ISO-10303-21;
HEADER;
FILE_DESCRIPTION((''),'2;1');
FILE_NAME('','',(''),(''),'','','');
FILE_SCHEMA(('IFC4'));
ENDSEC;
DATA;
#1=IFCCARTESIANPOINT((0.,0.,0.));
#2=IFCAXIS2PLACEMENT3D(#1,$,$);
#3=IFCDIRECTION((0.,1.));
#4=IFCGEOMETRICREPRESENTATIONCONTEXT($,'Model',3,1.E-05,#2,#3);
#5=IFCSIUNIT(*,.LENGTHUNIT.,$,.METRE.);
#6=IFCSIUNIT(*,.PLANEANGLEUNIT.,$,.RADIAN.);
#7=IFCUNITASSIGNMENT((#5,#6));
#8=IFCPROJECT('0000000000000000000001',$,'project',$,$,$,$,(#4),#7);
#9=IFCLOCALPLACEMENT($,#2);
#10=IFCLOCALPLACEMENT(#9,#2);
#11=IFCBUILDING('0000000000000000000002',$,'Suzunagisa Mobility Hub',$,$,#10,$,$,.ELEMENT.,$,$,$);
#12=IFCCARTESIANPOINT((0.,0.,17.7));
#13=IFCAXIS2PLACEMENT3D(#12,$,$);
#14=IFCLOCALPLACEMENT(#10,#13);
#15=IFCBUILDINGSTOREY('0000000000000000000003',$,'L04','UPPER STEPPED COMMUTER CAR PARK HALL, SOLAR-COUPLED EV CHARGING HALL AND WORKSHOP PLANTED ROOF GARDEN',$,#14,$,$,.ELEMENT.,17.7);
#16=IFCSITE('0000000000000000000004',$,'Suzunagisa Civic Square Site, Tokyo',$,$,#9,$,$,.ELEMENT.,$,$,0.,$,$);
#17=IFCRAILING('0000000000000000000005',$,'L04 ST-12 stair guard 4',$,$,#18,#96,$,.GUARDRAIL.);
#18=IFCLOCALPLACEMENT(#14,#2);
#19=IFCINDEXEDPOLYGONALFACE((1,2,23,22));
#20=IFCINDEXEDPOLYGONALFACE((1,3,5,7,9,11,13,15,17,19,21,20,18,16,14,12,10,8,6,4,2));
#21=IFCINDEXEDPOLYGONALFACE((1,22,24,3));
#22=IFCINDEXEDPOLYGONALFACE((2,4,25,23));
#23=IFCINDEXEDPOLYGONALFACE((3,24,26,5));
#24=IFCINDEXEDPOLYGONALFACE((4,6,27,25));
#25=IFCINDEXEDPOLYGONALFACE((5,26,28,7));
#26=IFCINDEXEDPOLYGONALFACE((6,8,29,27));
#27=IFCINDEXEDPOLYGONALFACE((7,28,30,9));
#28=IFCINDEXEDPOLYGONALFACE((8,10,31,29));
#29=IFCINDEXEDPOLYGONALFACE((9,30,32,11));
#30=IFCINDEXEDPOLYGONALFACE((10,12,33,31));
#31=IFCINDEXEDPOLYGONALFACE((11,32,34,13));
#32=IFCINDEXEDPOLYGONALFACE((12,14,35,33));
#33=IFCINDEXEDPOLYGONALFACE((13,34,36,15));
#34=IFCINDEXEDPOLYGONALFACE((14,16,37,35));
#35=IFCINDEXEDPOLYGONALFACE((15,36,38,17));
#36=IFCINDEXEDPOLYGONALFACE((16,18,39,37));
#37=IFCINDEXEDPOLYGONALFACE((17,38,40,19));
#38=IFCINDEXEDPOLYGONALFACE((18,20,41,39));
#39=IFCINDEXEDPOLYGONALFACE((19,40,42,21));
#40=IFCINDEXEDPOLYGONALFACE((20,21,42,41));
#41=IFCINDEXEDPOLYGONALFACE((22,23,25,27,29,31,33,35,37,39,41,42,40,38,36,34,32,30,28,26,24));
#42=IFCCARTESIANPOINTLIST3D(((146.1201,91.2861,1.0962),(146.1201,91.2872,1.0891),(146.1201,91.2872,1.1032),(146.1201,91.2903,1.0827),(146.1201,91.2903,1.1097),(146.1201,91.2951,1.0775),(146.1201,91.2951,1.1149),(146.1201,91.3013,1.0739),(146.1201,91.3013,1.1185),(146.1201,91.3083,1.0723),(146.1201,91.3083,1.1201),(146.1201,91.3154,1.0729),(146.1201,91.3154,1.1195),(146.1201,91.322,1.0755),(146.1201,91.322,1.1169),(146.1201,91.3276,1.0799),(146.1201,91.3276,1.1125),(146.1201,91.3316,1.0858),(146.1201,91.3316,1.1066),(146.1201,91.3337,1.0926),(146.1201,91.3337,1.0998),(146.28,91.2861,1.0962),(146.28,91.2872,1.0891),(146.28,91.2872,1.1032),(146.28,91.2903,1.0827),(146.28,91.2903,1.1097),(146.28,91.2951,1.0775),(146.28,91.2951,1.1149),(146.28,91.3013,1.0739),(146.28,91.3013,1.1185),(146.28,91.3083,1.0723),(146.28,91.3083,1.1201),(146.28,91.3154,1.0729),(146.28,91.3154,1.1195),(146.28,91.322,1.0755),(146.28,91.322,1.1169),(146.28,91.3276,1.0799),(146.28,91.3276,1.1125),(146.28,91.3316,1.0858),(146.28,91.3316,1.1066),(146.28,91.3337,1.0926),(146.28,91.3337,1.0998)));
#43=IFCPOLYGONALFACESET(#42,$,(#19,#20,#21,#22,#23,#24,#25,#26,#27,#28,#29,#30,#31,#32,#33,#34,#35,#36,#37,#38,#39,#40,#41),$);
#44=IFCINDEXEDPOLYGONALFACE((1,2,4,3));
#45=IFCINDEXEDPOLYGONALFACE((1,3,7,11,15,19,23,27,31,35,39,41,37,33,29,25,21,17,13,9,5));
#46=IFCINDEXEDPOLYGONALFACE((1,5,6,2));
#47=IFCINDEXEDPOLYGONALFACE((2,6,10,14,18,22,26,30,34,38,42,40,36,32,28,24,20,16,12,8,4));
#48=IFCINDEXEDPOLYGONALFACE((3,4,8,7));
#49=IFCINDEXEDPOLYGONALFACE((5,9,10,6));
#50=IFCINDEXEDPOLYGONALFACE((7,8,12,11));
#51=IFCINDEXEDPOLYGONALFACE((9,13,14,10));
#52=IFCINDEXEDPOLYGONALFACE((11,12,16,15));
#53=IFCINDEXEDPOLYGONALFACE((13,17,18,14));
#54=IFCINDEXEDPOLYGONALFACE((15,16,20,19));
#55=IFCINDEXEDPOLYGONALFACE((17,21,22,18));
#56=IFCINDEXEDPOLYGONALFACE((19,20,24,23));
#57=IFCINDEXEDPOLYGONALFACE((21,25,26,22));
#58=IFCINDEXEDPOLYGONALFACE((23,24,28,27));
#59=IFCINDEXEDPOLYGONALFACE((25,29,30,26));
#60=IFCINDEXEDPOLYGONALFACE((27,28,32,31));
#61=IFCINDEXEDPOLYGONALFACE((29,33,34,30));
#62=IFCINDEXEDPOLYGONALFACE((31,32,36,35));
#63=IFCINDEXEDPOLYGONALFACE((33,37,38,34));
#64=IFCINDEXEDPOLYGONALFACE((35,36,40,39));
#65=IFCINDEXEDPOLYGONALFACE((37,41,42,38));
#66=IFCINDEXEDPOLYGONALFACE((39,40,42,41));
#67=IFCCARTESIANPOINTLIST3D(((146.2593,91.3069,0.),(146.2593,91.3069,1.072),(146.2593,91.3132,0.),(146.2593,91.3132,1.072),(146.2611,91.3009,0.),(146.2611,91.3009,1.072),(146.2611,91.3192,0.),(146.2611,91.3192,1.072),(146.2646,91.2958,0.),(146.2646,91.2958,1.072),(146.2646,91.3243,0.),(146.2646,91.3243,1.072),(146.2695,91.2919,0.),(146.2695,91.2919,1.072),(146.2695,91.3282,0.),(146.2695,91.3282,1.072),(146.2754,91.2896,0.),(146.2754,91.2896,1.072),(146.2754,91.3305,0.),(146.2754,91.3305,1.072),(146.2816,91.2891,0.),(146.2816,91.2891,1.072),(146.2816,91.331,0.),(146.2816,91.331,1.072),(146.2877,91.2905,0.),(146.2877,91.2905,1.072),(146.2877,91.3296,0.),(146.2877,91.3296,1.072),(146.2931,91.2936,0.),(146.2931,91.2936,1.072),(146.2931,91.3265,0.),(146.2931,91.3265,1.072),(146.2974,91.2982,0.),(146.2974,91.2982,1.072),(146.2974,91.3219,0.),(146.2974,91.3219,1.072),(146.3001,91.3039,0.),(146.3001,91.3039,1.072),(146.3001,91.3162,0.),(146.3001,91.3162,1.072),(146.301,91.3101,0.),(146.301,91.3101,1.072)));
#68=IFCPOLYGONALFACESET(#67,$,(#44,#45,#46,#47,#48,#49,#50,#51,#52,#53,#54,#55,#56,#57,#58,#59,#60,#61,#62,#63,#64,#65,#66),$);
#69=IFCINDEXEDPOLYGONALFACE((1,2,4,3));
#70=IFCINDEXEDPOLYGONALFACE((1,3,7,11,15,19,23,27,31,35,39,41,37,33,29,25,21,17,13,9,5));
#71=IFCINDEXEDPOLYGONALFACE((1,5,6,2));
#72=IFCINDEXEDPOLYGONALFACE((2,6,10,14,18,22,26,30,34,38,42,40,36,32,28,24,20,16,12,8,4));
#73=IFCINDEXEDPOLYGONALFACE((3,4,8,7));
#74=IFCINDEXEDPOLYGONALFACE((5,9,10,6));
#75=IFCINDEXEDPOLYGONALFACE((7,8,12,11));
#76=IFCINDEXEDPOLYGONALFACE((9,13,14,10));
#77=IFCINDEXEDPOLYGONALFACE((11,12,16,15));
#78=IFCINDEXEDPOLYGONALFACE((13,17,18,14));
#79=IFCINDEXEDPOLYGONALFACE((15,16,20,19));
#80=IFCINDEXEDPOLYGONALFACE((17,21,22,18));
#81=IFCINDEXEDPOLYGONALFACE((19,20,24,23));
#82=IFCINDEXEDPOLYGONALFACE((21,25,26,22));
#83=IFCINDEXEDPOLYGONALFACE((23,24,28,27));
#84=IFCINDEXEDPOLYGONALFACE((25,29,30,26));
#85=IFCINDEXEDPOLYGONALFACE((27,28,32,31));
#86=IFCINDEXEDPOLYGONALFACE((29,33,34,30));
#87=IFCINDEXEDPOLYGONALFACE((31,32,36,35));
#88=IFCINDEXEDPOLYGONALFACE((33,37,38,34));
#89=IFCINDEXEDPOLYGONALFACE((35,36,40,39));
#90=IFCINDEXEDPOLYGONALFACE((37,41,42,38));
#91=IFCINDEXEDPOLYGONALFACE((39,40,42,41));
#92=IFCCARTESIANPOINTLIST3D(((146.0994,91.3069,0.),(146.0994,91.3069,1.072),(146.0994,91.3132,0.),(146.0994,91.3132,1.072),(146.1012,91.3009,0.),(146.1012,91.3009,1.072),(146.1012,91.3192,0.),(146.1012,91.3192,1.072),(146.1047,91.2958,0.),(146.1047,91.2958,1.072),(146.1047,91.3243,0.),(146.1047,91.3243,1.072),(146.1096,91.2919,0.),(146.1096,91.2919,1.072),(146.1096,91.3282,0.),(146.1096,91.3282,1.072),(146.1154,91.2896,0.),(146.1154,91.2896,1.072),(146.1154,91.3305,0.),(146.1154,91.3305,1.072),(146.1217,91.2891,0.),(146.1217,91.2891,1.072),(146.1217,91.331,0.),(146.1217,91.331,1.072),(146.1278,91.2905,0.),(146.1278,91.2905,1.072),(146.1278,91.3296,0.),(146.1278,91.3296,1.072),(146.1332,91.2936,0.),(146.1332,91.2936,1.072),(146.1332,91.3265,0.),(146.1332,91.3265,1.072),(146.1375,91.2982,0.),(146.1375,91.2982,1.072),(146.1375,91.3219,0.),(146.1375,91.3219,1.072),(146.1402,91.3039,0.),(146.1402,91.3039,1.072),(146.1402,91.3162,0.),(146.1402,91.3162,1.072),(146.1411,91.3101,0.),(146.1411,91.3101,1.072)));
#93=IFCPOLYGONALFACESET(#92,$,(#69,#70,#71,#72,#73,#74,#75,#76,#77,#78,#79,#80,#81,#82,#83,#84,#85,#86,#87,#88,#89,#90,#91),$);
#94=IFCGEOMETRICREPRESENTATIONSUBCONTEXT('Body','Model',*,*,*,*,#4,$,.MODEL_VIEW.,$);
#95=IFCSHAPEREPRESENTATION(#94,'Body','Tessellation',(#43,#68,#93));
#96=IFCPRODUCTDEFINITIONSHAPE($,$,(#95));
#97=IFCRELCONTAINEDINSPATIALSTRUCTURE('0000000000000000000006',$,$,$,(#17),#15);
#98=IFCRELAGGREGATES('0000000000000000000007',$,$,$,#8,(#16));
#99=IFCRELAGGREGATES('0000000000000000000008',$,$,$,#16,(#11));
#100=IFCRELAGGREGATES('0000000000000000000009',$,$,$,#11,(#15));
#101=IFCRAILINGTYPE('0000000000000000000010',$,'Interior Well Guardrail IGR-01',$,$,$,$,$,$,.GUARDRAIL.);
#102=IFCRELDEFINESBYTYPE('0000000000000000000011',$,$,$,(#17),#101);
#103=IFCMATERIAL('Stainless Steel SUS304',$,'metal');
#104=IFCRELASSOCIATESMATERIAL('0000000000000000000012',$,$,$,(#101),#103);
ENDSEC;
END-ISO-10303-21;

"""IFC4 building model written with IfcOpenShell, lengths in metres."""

from ifc_helpers import new_model, si_unit, direction, frame, origin, origin_2d, place, context, subcontext, project, spatial, circle, extrude, material, type_object, element, save


model = new_model("IFC4")

# Units and contexts
model_context = context("Model", 3, precision=1e-05, world=origin(), true_north=direction((0.0, 1.0)))
body_context = subcontext(model_context, "Body", "Model", "MODEL_VIEW")
ifc_project = project(units=[si_unit("LENGTHUNIT", "METRE"), si_unit("PLANEANGLEUNIT", "RADIAN")], contexts=[model_context])

# Site, building, storey
site_placement = place(None, origin())
site = spatial("IfcSite", under=ifc_project, at=site_placement, Name="Suzunagisa Civic Square Site, Tokyo", CompositionType="ELEMENT", RefElevation=0.0)
building_placement = place(site_placement, origin())
building = spatial("IfcBuilding", under=site, at=building_placement, Name="Suzunagisa Mobility Hub", CompositionType="ELEMENT")
storey_placement = place(building_placement, frame((0.0, 0.0, 17.7)))
storey = spatial("IfcBuildingStorey", under=building, at=storey_placement, Name="L04", Description="UPPER STEPPED COMMUTER CAR PARK HALL, SOLAR-COUPLED EV CHARGING HALL AND WORKSHOP PLANTED ROOF GARDEN", CompositionType="ELEMENT", Elevation=17.7)

# Railing
ifc_material_1 = material(Name="Stainless Steel SUS304", Category="metal")
railing_type_1 = type_object("IfcRailingType", Name="Interior Well Guardrail IGR-01", PredefinedType="GUARDRAIL", material=ifc_material_1)
railing_1_placement = place(storey_placement, frame((146.28, 91.3101, 0.0)))
element("IfcRailing", 1, at=railing_1_placement, inside=storey, type_object=railing_type_1, Name="L04 ST-12 stair guard 4", PredefinedType="GUARDRAIL", context=body_context, shape_type="SweptSolid", body=[
    extrude(circle(Radius=0.0239, at=origin_2d()), frame((0.0, 0.0, 1.0962), z_axis=(-1.0, 0.0, 0.0), x_axis=(0.0, -1.0, 0.0)), (0.0, 0.0, 1.0), 0.1599),
    extrude(circle(Radius=0.021, at=origin_2d()), origin(), (0.0, 0.0, 1.0), 1.072),
    extrude(circle(Radius=0.021, at=origin_2d()), frame((-0.1599, 0.0, 0.0)), (0.0, 0.0, 1.0), 1.072),
])

save(model, "model.ifc")
